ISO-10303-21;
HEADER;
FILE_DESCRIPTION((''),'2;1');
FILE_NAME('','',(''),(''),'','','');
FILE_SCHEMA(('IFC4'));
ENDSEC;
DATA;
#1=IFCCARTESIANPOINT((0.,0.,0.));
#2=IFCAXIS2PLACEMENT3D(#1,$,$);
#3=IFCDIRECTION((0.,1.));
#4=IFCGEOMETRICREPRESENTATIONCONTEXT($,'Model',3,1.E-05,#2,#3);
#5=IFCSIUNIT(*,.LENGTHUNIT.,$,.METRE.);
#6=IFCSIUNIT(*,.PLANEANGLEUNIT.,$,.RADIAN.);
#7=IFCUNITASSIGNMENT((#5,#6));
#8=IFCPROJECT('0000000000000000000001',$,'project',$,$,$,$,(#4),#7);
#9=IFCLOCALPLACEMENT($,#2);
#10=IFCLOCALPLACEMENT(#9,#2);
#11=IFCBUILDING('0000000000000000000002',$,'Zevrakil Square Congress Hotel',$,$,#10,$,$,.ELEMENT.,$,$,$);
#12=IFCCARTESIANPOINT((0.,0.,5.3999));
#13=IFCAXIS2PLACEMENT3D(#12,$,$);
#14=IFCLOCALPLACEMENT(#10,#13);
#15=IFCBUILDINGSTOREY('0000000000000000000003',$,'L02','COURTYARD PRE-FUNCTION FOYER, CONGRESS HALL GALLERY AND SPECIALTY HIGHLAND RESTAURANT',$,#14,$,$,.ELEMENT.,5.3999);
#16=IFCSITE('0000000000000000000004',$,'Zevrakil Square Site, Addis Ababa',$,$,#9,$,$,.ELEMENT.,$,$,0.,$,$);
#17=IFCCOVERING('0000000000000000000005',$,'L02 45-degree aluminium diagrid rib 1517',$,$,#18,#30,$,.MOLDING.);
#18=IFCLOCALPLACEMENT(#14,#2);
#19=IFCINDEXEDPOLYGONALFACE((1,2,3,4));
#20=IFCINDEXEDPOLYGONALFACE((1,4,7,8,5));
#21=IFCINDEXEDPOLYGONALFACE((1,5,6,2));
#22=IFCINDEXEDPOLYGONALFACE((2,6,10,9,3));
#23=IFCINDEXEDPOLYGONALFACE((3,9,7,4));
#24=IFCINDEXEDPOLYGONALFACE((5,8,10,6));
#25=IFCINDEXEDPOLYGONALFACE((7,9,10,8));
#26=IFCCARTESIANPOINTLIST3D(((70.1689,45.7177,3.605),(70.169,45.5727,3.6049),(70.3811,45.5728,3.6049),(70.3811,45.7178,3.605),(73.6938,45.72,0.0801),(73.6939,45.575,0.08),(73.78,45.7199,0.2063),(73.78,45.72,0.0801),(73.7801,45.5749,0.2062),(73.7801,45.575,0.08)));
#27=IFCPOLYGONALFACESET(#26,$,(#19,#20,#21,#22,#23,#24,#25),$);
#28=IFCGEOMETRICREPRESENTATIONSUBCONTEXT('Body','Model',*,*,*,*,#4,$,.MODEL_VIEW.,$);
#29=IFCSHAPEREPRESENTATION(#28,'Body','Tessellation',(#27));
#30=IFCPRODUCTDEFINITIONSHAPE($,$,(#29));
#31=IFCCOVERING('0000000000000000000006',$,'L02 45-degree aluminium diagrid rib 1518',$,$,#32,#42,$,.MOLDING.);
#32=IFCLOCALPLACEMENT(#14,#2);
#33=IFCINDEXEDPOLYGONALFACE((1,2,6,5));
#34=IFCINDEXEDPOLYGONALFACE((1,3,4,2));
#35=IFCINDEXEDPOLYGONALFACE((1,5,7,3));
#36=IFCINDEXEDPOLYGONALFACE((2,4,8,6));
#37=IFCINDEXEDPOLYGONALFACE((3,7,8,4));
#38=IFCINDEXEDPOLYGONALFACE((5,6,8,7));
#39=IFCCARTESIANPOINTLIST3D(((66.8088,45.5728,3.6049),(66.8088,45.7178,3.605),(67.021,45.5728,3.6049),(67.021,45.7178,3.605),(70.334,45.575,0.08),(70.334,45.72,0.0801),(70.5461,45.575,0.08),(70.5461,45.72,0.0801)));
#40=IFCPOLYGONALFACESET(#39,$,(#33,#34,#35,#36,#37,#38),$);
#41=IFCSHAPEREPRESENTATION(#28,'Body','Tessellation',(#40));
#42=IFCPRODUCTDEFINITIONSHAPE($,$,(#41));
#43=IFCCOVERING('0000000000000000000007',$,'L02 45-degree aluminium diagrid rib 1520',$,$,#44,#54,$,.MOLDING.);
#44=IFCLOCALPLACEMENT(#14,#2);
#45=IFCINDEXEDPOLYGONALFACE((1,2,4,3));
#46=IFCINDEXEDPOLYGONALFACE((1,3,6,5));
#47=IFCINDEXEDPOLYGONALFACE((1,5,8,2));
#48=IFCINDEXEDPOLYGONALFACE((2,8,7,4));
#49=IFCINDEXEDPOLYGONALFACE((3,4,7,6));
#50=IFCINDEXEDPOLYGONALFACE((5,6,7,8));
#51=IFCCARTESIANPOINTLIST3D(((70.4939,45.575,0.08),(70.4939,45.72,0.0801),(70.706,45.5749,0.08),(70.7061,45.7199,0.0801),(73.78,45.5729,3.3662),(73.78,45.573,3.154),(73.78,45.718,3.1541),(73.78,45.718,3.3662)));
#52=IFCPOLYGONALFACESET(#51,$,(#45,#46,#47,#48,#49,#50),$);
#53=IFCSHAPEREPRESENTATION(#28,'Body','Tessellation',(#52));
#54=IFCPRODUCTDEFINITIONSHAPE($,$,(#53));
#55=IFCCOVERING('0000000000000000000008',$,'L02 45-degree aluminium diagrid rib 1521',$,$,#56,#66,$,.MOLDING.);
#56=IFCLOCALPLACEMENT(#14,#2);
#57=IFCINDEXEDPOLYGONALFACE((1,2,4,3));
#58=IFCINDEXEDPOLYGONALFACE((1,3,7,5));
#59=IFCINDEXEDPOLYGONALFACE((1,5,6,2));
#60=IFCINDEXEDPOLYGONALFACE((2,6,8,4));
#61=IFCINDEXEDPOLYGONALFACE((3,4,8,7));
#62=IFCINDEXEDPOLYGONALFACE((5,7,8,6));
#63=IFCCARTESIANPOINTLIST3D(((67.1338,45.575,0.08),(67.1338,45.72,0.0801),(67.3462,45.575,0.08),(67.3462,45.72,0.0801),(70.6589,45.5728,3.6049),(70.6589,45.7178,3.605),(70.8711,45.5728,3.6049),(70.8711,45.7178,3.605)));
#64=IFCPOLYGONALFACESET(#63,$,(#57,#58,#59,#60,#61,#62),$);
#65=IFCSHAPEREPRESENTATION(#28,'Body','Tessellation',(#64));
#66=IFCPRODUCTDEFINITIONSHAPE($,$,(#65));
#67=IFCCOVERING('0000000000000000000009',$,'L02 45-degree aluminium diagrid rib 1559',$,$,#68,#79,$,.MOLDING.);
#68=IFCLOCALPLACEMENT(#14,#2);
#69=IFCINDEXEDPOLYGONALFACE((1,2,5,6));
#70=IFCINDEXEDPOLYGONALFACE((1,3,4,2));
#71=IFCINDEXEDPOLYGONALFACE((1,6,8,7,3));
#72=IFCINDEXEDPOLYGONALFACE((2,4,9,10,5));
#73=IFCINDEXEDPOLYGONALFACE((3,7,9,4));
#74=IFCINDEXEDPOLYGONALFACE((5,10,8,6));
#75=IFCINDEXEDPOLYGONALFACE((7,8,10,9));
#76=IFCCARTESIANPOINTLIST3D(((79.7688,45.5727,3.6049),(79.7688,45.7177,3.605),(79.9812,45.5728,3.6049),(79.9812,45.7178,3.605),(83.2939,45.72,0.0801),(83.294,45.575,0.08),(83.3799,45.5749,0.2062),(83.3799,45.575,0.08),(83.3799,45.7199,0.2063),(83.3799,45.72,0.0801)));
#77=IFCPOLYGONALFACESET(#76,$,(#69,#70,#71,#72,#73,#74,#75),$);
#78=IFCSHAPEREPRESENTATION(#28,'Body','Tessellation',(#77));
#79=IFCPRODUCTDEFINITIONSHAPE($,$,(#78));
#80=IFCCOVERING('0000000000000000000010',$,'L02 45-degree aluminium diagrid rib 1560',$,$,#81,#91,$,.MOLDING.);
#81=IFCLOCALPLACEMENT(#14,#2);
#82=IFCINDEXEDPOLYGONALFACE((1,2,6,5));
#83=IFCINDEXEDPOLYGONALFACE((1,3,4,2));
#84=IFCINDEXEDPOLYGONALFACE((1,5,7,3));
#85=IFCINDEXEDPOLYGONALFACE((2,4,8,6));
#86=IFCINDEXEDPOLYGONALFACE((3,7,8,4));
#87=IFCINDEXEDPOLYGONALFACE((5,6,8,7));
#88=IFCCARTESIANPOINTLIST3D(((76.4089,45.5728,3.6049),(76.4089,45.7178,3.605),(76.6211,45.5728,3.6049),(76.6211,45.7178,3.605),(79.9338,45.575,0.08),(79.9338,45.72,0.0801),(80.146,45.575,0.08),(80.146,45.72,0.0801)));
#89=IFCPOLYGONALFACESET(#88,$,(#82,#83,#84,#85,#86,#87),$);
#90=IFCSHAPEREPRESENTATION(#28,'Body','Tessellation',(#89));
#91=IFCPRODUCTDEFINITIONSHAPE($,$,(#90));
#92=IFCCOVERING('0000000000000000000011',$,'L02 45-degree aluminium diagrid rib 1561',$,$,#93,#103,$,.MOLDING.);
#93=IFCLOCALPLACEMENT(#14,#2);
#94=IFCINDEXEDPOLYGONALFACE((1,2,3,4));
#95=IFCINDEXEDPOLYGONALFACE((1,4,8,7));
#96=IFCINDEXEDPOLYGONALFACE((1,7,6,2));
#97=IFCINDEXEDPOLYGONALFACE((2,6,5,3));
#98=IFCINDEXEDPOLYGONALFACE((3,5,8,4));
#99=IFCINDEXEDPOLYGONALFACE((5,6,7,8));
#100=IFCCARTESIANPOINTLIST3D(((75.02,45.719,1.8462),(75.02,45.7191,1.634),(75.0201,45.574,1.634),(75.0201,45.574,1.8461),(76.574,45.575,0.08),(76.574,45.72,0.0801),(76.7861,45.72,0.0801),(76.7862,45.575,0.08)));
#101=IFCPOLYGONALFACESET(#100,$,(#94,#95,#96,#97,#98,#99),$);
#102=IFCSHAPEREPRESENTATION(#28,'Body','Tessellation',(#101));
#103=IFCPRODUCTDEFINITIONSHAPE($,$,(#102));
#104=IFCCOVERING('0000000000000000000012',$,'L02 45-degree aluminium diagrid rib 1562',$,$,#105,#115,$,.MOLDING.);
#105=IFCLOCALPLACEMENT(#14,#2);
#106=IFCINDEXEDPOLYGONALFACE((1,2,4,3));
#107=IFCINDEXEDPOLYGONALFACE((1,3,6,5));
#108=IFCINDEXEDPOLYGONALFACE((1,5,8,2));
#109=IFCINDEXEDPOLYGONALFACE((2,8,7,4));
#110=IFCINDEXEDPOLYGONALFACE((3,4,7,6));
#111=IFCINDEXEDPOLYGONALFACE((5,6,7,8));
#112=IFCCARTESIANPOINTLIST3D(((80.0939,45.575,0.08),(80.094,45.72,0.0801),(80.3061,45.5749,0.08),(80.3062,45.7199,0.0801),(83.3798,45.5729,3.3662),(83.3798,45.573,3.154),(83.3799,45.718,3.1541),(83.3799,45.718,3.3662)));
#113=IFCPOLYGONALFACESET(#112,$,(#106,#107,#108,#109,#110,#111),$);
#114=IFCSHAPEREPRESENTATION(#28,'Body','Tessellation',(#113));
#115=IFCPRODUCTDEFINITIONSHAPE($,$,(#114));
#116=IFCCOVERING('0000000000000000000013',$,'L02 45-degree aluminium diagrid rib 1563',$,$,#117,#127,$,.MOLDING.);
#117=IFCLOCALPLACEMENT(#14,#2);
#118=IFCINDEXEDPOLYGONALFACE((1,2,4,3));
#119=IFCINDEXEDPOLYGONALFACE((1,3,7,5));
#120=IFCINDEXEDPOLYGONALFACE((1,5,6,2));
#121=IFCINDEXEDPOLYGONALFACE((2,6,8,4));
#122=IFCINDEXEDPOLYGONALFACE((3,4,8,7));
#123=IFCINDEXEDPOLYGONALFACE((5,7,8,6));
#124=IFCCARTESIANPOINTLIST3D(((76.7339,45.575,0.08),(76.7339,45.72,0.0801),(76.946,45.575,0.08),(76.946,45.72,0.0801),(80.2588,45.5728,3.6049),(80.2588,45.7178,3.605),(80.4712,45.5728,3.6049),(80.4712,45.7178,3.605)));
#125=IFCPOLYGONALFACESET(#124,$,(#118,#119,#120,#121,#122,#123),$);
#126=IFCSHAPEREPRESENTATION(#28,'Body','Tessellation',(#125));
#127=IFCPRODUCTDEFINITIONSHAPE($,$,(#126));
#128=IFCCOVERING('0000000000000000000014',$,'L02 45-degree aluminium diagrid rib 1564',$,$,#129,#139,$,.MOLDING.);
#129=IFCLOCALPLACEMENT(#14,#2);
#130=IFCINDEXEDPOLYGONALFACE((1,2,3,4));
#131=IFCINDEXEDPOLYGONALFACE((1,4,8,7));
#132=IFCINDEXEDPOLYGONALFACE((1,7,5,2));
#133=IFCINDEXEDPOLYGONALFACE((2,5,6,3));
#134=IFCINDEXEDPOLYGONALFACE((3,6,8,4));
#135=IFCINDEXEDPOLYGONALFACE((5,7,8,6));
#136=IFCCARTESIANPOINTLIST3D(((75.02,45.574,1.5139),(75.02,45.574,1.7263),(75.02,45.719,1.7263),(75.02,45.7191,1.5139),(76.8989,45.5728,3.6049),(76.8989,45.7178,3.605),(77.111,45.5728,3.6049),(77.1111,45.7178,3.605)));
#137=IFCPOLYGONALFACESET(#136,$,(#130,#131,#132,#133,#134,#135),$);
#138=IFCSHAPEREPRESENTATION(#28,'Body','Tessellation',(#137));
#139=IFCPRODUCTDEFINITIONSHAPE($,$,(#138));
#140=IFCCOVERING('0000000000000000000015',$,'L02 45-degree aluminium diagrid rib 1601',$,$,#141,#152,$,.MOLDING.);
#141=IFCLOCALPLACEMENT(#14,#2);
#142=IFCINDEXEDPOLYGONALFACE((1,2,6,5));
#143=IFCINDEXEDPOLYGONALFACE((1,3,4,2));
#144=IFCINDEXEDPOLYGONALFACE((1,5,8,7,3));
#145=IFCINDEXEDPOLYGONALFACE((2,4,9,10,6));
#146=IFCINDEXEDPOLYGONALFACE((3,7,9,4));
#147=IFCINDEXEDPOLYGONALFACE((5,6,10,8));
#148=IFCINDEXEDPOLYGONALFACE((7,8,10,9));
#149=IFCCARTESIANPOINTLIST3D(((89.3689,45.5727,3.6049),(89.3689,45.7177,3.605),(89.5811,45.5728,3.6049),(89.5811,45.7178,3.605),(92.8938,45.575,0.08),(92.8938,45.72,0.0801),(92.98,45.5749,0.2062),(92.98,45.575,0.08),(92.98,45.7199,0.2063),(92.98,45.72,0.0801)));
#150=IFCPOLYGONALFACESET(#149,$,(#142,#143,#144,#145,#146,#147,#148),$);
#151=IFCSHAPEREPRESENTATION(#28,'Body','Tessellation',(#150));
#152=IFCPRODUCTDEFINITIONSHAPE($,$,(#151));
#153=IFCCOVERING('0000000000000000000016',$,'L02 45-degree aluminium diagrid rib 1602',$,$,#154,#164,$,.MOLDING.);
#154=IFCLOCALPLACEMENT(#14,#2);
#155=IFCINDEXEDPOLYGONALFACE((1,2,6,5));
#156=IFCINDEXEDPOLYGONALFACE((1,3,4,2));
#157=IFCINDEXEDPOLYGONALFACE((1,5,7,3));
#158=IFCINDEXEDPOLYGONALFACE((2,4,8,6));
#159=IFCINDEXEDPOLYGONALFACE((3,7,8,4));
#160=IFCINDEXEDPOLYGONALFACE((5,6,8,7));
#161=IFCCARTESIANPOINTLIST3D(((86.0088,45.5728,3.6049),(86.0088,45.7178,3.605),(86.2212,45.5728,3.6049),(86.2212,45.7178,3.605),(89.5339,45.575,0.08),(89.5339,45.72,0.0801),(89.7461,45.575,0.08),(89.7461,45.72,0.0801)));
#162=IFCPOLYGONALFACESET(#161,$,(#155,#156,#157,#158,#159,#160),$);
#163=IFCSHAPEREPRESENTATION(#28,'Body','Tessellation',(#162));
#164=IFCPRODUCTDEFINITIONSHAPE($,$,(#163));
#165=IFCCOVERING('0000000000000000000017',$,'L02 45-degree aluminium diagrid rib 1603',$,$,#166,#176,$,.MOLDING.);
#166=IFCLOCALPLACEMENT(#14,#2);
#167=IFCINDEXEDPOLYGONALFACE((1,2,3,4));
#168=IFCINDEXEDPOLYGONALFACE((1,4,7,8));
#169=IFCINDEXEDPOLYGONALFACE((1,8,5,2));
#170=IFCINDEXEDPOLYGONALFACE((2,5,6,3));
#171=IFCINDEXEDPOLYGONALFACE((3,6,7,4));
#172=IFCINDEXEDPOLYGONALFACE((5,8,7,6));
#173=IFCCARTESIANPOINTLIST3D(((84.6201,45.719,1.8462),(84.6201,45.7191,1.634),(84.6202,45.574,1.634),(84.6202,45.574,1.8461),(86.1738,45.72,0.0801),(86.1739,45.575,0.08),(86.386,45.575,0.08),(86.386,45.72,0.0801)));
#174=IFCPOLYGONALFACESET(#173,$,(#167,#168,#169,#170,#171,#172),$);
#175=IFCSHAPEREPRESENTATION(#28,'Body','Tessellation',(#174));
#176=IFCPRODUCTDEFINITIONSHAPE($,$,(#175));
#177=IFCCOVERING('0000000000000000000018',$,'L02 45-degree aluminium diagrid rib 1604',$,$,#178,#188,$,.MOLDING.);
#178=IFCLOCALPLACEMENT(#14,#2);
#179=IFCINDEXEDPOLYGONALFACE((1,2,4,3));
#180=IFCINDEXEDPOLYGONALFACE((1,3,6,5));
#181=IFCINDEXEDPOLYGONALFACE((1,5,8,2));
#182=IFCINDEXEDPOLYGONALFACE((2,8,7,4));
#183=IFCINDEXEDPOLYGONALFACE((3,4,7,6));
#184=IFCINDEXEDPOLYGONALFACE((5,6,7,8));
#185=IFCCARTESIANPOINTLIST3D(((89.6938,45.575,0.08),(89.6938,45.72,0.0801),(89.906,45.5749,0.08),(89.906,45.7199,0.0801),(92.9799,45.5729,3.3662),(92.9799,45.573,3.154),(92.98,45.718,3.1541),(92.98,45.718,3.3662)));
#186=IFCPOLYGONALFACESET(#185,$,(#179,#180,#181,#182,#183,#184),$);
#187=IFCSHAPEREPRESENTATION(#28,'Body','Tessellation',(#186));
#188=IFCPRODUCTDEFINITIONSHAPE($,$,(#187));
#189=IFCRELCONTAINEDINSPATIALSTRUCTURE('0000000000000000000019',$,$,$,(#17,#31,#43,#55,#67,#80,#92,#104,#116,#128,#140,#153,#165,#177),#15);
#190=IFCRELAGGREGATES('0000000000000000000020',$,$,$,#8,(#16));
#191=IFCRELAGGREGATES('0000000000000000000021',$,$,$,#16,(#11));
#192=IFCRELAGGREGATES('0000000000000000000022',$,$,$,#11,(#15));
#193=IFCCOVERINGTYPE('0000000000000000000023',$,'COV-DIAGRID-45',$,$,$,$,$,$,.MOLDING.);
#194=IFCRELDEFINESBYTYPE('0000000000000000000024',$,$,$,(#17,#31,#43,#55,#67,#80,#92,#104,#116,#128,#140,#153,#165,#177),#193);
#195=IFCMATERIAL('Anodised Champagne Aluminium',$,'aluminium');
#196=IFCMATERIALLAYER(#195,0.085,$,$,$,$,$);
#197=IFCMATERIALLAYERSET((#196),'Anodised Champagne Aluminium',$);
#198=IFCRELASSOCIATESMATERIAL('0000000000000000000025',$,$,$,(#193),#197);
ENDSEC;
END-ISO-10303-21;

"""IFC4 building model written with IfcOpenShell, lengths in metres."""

from ifc_helpers import new_model, si_unit, direction, frame, origin, place, context, subcontext, project, spatial, polyline, outline, extrude, material, layer, layer_set, type_object, element, save


model = new_model("IFC4")

# Units and contexts
model_context = context("Model", 3, precision=1e-05, world=origin(), true_north=direction((0.0, 1.0)))
body_context = subcontext(model_context, "Body", "Model", "MODEL_VIEW")
ifc_project = project(units=[si_unit("LENGTHUNIT", "METRE"), si_unit("PLANEANGLEUNIT", "RADIAN")], contexts=[model_context])

# Site, building, storey
site_placement = place(None, origin())
site = spatial("IfcSite", under=ifc_project, at=site_placement, Name="Zevrakil Square Site, Addis Ababa", CompositionType="ELEMENT", RefElevation=0.0)
building_placement = place(site_placement, origin())
building = spatial("IfcBuilding", under=site, at=building_placement, Name="Zevrakil Square Congress Hotel", CompositionType="ELEMENT")
storey_placement = place(building_placement, frame((0.0, 0.0, 5.3999)))
storey = spatial("IfcBuildingStorey", under=building, at=storey_placement, Name="L02", Description="COURTYARD PRE-FUNCTION FOYER, CONGRESS HALL GALLERY AND SPECIALTY HIGHLAND RESTAURANT", CompositionType="ELEMENT", Elevation=5.3999)

# Coverings
ifc_material_1 = material(Name="Anodised Champagne Aluminium", Category="aluminium")
ifc_layer_1 = layer(ifc_material_1, 0.085)
ifc_layer_set_1 = layer_set([ifc_layer_1], Name="Anodised Champagne Aluminium")
covering_type_1 = type_object("IfcCoveringType", Name="COV-DIAGRID-45", PredefinedType="MOLDING", material=ifc_layer_set_1)
covering_1_placement = place(storey_placement, frame((73.6938, 45.72, 0.0801), z_axis=(-0.000187, 1.0, 0.000443), x_axis=(1.0, 0.000187, 0.0)))
element("IfcCovering", 1, at=covering_1_placement, inside=storey, type_object=covering_type_1, Name="L02 45-degree aluminium diagrid rib 1517", PredefinedType="MOLDING", context=body_context, shape_type="SweptSolid", body=[
    extrude(outline(polyline([(0.0, 0.0), (0.0862, 0.0), (0.0862, -0.1262), (-3.3127, -3.5249), (-3.5249, -3.5249), (0.0, 0.0)])), origin(), (0.0, 0.0, -1.0), 0.145),
])
covering_2_placement = place(storey_placement, frame((70.334, 45.72, 0.0801), z_axis=(0.0, 1.0, 0.000623), x_axis=(1.0, 0.0, 0.0)))
element("IfcCovering", 2, at=covering_2_placement, inside=storey, type_object=covering_type_1, Name="L02 45-degree aluminium diagrid rib 1518", PredefinedType="MOLDING", context=body_context, shape_type="SweptSolid", body=[
    extrude(outline(polyline([(0.0, 0.0), (0.2122, 0.0), (-3.313, -3.5249), (-3.5251, -3.5249), (0.0, 0.0)])), origin(), (0.0, 0.0, -1.0), 0.145),
])
covering_3_placement = place(storey_placement, frame((73.78, 45.718, 3.1541), z_axis=(0.000307, 1.0, 0.000307), x_axis=(0.0, -0.000307, 1.0)))
element("IfcCovering", 3, at=covering_3_placement, inside=storey, type_object=covering_type_1, Name="L02 45-degree aluminium diagrid rib 1520", PredefinedType="MOLDING", context=body_context, shape_type="SweptSolid", body=[
    extrude(outline(polyline([(0.0, 0.0), (0.2122, 0.0), (-3.074, -3.2861), (-3.074, -3.074), (0.0, 0.0)])), origin(), (0.0, 0.0, -1.0), 0.145),
])
covering_4_placement = place(storey_placement, frame((70.8711, 45.7178, 3.605), z_axis=(0.0, 1.0, 0.000623), x_axis=(-1.0, 0.0, 0.0)))
element("IfcCovering", 4, at=covering_4_placement, inside=storey, type_object=covering_type_1, Name="L02 45-degree aluminium diagrid rib 1521", PredefinedType="MOLDING", context=body_context, shape_type="SweptSolid", body=[
    extrude(outline(polyline([(0.0, 0.0), (0.2122, 0.0), (3.7373, -3.5249), (3.5249, -3.5249), (0.0, 0.0)])), origin(), (0.0, 0.0, -1.0), 0.145),
])
covering_5_placement = place(storey_placement, frame((83.2939, 45.72, 0.0801), z_axis=(-0.000187, 1.0, 0.000443), x_axis=(1.0, 0.000187, 0.0)))
element("IfcCovering", 5, at=covering_5_placement, inside=storey, type_object=covering_type_1, Name="L02 45-degree aluminium diagrid rib 1559", PredefinedType="MOLDING", context=body_context, shape_type="SweptSolid", body=[
    extrude(outline(polyline([(0.0, 0.0), (0.0859, 0.0), (0.0859, -0.1262), (-3.3127, -3.5249), (-3.5251, -3.5249), (0.0, 0.0)])), origin(), (0.0, 0.0, -1.0), 0.145),
])
covering_6_placement = place(storey_placement, frame((79.9338, 45.72, 0.0801), z_axis=(0.0, 1.0, 0.000623), x_axis=(1.0, 0.0, 0.0)))
element("IfcCovering", 6, at=covering_6_placement, inside=storey, type_object=covering_type_1, Name="L02 45-degree aluminium diagrid rib 1560", PredefinedType="MOLDING", context=body_context, shape_type="SweptSolid", body=[
    extrude(outline(polyline([(0.0, 0.0), (0.2122, 0.0), (-3.3127, -3.5249), (-3.5249, -3.5249), (0.0, 0.0)])), origin(), (0.0, 0.0, -1.0), 0.145),
])
covering_7_placement = place(storey_placement, frame((76.574, 45.72, 0.0801), z_axis=(-0.000294, 1.0, 0.000294), x_axis=(1.0, 0.000294, 0.0)))
element("IfcCovering", 7, at=covering_7_placement, inside=storey, type_object=covering_type_1, Name="L02 45-degree aluminium diagrid rib 1561", PredefinedType="MOLDING", context=body_context, shape_type="SweptSolid", body=[
    extrude(outline(polyline([(0.0, 0.0), (0.2122, 0.0), (-1.554, -1.7661), (-1.554, -1.554), (0.0, 0.0)])), origin(), (0.0, 0.0, -1.0), 0.145),
])
covering_8_placement = place(storey_placement, frame((83.3799, 45.718, 3.1541), z_axis=(0.000307, 1.0, 0.000307), x_axis=(0.0, -0.000307, 1.0)))
element("IfcCovering", 8, at=covering_8_placement, inside=storey, type_object=covering_type_1, Name="L02 45-degree aluminium diagrid rib 1562", PredefinedType="MOLDING", context=body_context, shape_type="SweptSolid", body=[
    extrude(outline(polyline([(0.0, 0.0), (0.2122, 0.0), (-3.074, -3.2859), (-3.074, -3.0737), (0.0, 0.0)])), origin(), (0.0, 0.0, -1.0), 0.145),
])
covering_9_placement = place(storey_placement, frame((80.4712, 45.7178, 3.605), z_axis=(0.0, 1.0, 0.000623), x_axis=(-1.0, 0.0, 0.0)))
element("IfcCovering", 9, at=covering_9_placement, inside=storey, type_object=covering_type_1, Name="L02 45-degree aluminium diagrid rib 1563", PredefinedType="MOLDING", context=body_context, shape_type="SweptSolid", body=[
    extrude(outline(polyline([(0.0, 0.0), (0.2124, 0.0), (3.7373, -3.5249), (3.5251, -3.5249), (0.0, 0.0)])), origin(), (0.0, 0.0, -1.0), 0.145),
])
covering_10_placement = place(storey_placement, frame((77.1111, 45.7178, 3.605), z_axis=(0.000308, 1.0, 0.000307), x_axis=(-1.0, 0.000308, 0.0)))
element("IfcCovering", 10, at=covering_10_placement, inside=storey, type_object=covering_type_1, Name="L02 45-degree aluminium diagrid rib 1564", PredefinedType="MOLDING", context=body_context, shape_type="SweptSolid", body=[
    extrude(outline(polyline([(0.0, 0.0), (0.2122, 0.0), (2.0911, -1.8787), (2.0911, -2.0911), (0.0, 0.0)])), origin(), (0.0, 0.0, -1.0), 0.145),
])
covering_11_placement = place(storey_placement, frame((92.8938, 45.72, 0.0801), z_axis=(-0.000187, 1.0, 0.000443), x_axis=(1.0, 0.000187, 0.0)))
element("IfcCovering", 11, at=covering_11_placement, inside=storey, type_object=covering_type_1, Name="L02 45-degree aluminium diagrid rib 1601", PredefinedType="MOLDING", context=body_context, shape_type="SweptSolid", body=[
    extrude(outline(polyline([(0.0, 0.0), (0.0862, 0.0), (0.0862, -0.1262), (-3.3127, -3.5249), (-3.5249, -3.5249), (0.0, 0.0)])), origin(), (0.0, 0.0, -1.0), 0.145),
])
covering_12_placement = place(storey_placement, frame((89.5339, 45.72, 0.0801), z_axis=(0.0, 1.0, 0.000623), x_axis=(1.0, 0.0, 0.0)))
element("IfcCovering", 12, at=covering_12_placement, inside=storey, type_object=covering_type_1, Name="L02 45-degree aluminium diagrid rib 1602", PredefinedType="MOLDING", context=body_context, shape_type="SweptSolid", body=[
    extrude(outline(polyline([(0.0, 0.0), (0.2122, 0.0), (-3.3127, -3.5249), (-3.5251, -3.5249), (0.0, 0.0)])), origin(), (0.0, 0.0, -1.0), 0.145),
])
covering_13_placement = place(storey_placement, frame((86.1738, 45.72, 0.0801), z_axis=(-0.000294, 1.0, 0.000294), x_axis=(1.0, 0.000294, 0.0)))
element("IfcCovering", 13, at=covering_13_placement, inside=storey, type_object=covering_type_1, Name="L02 45-degree aluminium diagrid rib 1603", PredefinedType="MOLDING", context=body_context, shape_type="SweptSolid", body=[
    extrude(outline(polyline([(0.0, 0.0), (0.2122, 0.0), (-1.5537, -1.7661), (-1.5537, -1.554), (0.0, 0.0)])), origin(), (0.0, 0.0, -1.0), 0.145),
])
covering_14_placement = place(storey_placement, frame((92.98, 45.718, 3.1541), z_axis=(0.000307, 1.0, 0.000307), x_axis=(0.0, -0.000307, 1.0)))
element("IfcCovering", 14, at=covering_14_placement, inside=storey, type_object=covering_type_1, Name="L02 45-degree aluminium diagrid rib 1604", PredefinedType="MOLDING", context=body_context, shape_type="SweptSolid", body=[
    extrude(outline(polyline([(0.0, 0.0), (0.2122, 0.0), (-3.074, -3.2861), (-3.074, -3.074), (0.0, 0.0)])), origin(), (0.0, 0.0, -1.0), 0.145),
])

save(model, "model.ifc")
